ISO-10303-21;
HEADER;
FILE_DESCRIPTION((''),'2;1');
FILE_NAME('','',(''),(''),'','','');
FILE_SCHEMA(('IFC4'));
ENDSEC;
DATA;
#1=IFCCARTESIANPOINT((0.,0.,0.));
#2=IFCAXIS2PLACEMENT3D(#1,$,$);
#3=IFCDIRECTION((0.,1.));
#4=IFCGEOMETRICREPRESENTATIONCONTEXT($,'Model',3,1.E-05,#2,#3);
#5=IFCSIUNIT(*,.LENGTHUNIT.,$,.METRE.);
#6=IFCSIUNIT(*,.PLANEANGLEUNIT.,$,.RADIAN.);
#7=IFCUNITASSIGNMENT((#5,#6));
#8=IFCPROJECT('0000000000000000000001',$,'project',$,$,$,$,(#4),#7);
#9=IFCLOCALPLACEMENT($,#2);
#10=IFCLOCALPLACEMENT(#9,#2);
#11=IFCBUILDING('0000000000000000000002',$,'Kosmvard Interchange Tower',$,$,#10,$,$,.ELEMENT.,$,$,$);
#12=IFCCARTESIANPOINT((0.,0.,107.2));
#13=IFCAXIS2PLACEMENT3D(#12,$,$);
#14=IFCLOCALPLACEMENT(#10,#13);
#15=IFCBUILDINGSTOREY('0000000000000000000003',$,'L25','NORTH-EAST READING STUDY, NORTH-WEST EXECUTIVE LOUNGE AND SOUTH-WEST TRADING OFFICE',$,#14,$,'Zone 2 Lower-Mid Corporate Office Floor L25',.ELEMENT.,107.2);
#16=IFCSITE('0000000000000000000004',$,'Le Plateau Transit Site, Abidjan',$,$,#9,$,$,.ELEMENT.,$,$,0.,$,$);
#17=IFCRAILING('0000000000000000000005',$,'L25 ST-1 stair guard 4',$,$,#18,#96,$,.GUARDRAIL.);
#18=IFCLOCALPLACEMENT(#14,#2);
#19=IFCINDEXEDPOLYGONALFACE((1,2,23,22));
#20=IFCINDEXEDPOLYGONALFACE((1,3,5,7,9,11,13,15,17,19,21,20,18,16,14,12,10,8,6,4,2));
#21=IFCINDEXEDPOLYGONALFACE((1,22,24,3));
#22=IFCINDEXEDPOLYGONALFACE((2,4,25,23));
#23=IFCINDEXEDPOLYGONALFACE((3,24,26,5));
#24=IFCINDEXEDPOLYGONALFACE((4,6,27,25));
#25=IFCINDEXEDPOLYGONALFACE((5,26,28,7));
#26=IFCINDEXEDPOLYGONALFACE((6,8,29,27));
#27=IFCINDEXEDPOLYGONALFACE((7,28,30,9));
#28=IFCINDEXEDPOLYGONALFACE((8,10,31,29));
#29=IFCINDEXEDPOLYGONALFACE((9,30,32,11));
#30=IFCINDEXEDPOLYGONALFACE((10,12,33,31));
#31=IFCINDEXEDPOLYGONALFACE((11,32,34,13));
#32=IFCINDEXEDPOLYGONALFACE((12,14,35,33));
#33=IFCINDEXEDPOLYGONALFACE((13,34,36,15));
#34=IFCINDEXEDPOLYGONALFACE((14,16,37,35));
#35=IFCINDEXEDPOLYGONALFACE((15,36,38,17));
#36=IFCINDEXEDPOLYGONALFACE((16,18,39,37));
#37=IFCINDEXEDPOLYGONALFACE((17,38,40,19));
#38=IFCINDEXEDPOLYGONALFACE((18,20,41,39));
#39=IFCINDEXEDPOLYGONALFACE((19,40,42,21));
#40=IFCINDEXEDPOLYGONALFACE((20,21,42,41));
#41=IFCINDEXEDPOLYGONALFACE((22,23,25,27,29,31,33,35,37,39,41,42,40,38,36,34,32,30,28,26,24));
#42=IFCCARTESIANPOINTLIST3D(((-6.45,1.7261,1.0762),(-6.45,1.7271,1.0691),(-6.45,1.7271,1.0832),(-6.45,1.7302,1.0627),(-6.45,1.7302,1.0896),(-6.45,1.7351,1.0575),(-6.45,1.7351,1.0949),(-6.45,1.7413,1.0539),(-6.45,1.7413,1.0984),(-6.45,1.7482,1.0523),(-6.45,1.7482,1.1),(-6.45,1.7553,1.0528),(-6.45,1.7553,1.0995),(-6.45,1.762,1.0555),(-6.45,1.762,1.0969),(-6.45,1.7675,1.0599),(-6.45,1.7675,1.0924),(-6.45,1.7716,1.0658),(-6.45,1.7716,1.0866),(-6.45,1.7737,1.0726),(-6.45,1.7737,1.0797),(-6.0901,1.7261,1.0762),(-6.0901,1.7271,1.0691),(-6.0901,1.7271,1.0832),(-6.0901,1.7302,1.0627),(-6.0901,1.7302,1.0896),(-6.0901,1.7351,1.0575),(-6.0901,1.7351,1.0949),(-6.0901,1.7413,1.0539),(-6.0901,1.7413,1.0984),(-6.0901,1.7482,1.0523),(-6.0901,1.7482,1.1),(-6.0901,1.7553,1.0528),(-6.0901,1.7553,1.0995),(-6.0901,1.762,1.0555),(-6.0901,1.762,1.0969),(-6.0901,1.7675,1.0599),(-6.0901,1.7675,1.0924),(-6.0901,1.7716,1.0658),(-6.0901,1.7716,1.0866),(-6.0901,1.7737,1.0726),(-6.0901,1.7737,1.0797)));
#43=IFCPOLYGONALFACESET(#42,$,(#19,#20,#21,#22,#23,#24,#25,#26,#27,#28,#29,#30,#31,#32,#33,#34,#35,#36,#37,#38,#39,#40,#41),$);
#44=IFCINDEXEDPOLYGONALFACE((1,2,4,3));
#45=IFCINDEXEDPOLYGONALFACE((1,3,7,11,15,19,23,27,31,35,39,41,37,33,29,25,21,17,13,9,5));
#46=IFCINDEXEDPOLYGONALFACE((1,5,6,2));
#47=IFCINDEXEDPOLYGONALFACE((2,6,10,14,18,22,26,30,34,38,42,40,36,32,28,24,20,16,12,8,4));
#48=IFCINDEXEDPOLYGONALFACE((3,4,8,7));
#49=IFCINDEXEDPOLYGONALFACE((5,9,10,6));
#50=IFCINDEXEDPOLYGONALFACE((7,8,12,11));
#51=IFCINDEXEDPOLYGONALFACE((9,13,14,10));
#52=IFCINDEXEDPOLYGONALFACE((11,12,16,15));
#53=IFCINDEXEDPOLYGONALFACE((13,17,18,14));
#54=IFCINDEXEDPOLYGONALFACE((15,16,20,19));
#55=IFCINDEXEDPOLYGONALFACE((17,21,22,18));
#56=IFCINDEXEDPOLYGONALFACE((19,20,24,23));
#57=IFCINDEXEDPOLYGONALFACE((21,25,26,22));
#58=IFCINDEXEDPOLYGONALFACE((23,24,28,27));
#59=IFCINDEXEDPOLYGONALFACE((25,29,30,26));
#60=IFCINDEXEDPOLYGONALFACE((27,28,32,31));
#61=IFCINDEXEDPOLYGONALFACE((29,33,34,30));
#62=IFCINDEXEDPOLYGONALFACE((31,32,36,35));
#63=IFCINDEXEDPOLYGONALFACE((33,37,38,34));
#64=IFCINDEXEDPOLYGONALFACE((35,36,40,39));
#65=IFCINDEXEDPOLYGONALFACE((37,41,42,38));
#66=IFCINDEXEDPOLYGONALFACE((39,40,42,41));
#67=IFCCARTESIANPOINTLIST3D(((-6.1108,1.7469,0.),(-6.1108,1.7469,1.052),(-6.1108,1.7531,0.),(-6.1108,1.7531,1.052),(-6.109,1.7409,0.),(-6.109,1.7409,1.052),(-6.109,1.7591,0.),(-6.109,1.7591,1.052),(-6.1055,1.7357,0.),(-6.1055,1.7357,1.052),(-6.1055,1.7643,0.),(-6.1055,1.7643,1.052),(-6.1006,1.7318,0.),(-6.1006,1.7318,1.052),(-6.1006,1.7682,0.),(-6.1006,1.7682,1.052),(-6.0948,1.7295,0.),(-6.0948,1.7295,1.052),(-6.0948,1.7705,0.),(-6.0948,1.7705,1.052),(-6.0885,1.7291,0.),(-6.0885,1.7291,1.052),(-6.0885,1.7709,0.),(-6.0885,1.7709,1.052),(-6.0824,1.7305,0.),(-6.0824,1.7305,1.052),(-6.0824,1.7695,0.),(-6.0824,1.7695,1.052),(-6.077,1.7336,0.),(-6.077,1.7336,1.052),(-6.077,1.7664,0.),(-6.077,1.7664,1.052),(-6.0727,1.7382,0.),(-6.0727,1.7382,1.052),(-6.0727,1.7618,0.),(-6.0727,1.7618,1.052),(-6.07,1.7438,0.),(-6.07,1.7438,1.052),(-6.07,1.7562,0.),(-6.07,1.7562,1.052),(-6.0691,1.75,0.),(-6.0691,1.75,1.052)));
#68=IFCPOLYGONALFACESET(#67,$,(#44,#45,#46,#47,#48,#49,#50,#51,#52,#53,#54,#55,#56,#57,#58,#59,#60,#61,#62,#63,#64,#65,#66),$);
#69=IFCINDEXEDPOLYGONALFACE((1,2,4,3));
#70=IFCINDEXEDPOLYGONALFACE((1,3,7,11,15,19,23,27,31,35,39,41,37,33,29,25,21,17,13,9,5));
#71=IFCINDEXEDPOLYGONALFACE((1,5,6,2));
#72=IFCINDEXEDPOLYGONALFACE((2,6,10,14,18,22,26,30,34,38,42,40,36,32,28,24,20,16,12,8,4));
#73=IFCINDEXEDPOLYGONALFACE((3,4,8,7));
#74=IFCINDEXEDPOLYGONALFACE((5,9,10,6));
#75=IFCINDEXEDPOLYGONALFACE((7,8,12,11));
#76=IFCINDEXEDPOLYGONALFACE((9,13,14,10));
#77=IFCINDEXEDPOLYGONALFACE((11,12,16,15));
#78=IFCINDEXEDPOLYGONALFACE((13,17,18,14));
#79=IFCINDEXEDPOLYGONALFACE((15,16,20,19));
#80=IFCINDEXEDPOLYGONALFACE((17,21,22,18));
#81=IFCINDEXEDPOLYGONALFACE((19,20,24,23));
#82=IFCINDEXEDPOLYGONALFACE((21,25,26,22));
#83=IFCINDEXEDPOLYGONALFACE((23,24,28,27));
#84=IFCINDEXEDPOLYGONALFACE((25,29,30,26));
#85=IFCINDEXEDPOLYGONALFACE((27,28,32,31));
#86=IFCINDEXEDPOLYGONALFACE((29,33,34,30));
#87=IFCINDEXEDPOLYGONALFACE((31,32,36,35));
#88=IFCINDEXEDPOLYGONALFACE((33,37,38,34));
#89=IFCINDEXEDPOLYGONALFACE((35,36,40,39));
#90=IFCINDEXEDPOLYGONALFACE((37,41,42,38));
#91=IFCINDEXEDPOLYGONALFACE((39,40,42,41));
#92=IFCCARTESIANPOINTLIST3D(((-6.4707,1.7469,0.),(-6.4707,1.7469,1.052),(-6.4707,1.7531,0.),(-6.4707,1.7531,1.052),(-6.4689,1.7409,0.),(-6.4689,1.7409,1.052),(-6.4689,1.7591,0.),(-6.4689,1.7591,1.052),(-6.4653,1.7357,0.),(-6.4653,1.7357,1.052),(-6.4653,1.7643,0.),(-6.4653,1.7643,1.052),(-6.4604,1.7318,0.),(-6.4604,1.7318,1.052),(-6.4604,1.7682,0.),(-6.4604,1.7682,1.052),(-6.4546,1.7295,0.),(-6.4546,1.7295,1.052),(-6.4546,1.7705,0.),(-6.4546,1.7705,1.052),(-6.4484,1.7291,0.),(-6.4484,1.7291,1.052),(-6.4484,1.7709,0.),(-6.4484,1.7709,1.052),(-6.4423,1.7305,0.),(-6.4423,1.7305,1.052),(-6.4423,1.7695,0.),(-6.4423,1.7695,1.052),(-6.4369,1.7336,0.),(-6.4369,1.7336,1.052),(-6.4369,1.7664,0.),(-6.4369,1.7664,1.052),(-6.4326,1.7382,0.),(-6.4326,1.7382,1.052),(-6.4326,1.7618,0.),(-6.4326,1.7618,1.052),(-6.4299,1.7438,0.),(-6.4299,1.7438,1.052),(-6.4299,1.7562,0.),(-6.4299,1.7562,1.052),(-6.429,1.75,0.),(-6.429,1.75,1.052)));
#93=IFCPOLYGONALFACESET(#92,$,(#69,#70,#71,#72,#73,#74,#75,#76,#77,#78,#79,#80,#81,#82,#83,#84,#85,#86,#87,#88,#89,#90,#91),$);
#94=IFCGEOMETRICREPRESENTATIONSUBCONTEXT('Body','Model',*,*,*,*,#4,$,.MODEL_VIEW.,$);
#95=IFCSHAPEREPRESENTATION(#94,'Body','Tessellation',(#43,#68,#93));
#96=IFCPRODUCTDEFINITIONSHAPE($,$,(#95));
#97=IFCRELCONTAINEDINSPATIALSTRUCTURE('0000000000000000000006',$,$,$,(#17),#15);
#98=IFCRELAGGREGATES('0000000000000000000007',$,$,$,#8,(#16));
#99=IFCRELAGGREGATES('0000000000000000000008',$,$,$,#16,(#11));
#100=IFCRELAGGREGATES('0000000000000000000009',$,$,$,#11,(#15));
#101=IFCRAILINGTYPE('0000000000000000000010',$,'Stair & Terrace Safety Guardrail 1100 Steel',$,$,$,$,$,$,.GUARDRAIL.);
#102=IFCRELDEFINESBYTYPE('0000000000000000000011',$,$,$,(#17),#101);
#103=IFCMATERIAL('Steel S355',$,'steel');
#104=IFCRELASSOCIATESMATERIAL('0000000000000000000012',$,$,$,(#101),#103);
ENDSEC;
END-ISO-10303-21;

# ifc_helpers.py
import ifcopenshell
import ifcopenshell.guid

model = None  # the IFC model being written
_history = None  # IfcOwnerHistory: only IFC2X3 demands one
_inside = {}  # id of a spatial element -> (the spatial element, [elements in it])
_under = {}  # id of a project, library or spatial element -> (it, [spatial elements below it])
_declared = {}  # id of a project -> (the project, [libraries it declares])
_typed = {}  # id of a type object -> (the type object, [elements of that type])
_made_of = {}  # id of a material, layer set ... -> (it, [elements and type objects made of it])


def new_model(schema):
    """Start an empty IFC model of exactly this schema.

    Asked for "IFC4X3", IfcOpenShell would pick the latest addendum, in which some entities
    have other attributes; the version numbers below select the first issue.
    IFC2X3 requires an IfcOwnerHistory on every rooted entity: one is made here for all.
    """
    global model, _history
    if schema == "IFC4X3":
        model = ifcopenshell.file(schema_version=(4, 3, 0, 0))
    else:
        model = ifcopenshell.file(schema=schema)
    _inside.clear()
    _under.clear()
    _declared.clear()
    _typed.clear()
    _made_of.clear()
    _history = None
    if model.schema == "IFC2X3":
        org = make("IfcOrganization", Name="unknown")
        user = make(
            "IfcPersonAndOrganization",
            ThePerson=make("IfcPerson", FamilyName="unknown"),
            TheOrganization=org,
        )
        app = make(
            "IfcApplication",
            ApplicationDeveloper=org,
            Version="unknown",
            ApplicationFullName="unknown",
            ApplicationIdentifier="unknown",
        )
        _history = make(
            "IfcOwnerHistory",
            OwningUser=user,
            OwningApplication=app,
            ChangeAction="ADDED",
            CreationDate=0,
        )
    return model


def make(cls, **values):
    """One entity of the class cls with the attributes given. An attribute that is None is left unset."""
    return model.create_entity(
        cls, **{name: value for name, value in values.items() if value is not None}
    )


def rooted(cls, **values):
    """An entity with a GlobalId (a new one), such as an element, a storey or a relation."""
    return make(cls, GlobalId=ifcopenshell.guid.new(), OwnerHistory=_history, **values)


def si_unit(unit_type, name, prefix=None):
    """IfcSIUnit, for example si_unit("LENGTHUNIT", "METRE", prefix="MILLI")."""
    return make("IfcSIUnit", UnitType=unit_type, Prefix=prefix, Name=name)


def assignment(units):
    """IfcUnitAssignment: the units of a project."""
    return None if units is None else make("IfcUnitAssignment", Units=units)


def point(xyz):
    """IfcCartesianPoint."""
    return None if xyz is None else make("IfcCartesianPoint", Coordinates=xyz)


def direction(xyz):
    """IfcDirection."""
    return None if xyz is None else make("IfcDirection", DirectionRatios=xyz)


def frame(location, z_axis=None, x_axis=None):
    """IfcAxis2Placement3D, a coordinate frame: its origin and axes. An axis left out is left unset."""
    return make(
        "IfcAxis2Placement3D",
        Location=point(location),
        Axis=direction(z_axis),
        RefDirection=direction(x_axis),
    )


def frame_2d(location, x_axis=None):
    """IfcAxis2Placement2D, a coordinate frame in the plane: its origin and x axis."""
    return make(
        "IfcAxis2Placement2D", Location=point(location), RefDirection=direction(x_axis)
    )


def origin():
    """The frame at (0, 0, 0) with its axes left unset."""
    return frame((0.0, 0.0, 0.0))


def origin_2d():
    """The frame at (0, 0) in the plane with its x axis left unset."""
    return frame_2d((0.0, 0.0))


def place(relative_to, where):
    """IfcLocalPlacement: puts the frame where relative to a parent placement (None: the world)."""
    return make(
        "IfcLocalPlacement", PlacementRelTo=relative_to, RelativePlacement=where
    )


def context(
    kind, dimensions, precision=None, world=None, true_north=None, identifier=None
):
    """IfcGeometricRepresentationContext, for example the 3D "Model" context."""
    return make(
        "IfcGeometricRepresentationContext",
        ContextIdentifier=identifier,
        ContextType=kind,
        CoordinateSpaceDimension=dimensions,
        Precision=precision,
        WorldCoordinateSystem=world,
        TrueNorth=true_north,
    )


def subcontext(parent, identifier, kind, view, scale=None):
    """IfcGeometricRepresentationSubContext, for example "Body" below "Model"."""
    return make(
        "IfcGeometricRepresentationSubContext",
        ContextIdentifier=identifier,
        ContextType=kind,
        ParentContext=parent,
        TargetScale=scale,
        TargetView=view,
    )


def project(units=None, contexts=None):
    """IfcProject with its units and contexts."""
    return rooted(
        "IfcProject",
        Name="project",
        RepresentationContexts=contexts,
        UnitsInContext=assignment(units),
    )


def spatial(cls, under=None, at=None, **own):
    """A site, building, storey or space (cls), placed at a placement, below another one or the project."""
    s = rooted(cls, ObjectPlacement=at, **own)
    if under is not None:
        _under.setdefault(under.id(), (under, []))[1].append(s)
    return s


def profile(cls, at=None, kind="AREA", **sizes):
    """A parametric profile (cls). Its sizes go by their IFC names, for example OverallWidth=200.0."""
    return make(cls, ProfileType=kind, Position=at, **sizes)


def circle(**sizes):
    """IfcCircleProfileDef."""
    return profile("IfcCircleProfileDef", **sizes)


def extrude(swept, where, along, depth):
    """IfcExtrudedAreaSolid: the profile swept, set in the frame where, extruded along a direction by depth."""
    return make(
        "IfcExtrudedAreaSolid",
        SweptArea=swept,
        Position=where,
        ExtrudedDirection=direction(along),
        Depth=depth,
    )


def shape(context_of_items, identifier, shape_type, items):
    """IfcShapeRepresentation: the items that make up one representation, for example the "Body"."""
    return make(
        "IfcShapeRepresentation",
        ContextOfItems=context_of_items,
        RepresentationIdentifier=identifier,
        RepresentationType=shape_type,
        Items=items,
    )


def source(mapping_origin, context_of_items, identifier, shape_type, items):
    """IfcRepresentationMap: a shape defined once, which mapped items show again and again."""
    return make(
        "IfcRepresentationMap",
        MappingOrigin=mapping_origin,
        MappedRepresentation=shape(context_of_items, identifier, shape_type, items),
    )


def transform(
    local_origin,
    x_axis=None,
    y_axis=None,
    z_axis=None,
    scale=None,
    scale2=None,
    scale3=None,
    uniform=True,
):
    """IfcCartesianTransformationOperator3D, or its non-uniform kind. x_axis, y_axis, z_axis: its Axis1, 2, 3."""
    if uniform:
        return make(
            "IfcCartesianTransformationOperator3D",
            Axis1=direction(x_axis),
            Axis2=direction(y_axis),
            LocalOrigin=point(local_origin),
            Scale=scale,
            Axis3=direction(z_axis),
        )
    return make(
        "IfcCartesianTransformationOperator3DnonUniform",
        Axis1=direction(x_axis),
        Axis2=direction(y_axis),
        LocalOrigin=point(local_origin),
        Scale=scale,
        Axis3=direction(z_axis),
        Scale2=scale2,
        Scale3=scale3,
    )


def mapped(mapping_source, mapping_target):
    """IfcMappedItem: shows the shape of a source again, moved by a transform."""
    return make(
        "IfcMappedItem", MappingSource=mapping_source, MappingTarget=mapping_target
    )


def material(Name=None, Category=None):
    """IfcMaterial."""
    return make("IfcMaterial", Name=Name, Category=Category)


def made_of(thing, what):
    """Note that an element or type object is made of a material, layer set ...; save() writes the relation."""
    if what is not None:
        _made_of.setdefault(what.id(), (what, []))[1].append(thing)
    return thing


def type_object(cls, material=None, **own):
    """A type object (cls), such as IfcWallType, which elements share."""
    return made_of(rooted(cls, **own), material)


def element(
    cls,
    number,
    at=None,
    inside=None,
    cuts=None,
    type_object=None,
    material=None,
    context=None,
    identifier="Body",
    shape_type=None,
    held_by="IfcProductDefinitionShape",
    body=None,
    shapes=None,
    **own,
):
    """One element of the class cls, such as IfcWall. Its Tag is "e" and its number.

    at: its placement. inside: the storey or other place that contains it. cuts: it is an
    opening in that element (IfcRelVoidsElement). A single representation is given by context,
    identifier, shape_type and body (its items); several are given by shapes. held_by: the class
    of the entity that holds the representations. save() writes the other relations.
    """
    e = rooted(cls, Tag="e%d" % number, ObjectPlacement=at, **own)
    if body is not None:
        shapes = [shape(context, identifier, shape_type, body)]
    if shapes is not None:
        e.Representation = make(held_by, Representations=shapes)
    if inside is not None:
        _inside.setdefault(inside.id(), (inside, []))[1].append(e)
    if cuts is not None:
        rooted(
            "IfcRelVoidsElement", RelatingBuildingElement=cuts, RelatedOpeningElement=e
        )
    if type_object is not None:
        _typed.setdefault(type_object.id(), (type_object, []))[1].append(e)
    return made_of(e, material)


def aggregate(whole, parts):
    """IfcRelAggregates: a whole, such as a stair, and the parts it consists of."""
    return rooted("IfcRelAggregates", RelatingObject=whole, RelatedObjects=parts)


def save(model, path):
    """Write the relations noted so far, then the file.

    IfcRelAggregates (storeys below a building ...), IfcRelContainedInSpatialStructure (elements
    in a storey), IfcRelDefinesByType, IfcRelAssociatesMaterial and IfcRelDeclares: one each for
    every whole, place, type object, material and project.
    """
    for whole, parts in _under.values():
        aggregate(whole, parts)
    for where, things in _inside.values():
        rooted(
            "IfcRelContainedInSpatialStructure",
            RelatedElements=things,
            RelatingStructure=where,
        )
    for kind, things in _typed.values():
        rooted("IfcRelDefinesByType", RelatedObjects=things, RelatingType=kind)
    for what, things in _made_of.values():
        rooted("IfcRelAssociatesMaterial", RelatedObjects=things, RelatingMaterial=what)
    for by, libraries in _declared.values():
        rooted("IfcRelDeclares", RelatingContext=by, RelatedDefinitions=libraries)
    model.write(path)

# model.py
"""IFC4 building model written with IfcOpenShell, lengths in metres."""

from ifc_helpers import new_model, si_unit, direction, frame, origin, origin_2d, place, context, subcontext, project, spatial, circle, extrude, source, transform, mapped, material, type_object, element, save


model = new_model("IFC4")

# Units and contexts
model_context = context("Model", 3, precision=1e-05, world=origin(), true_north=direction((0.0, 1.0)))
body_context = subcontext(model_context, "Body", "Model", "MODEL_VIEW")
ifc_project = project(units=[si_unit("LENGTHUNIT", "METRE"), si_unit("PLANEANGLEUNIT", "RADIAN")], contexts=[model_context])

# Site, building, storey
site_placement = place(None, origin())
site = spatial("IfcSite", under=ifc_project, at=site_placement, Name="Le Plateau Transit Site, Abidjan", CompositionType="ELEMENT", RefElevation=0.0)
building_placement = place(site_placement, origin())
building = spatial("IfcBuilding", under=site, at=building_placement, Name="Kosmvard Interchange Tower", CompositionType="ELEMENT")
storey_placement = place(building_placement, frame((0.0, 0.0, 107.2)))
storey = spatial("IfcBuildingStorey", under=building, at=storey_placement, Name="L25", Description="NORTH-EAST READING STUDY, NORTH-WEST EXECUTIVE LOUNGE AND SOUTH-WEST TRADING OFFICE", LongName="Zone 2 Lower-Mid Corporate Office Floor L25", CompositionType="ELEMENT", Elevation=107.2)

# Shared definitions
ifc_material_1 = material(Name="Steel S355", Category="steel")

# Railing
railing_type_1 = type_object("IfcRailingType", Name="Stair & Terrace Safety Guardrail 1100 Steel", PredefinedType="GUARDRAIL", material=ifc_material_1)
shared_shape_1 = source(origin(), body_context, "Body", "SweptSolid", [
    extrude(circle(Radius=0.0239, at=origin_2d()), frame((0.0, 0.0, 1.0762), z_axis=(-1.0, 0.0, 0.0), x_axis=(0.0, -1.0, 0.0)), (0.0, 0.0, 1.0), 0.3599),
    extrude(circle(Radius=0.021, at=origin_2d()), origin(), (0.0, 0.0, 1.0), 1.052),
    extrude(circle(Radius=0.021, at=origin_2d()), frame((-0.3599, 0.0, 0.0)), (0.0, 0.0, 1.0), 1.052),
])
for number, where, name in (
    (1, (-6.0901, 1.75, 0.0), "L25 ST-1 stair guard 4"),
):
    element("IfcRailing", number, at=place(storey_placement, frame(where)), inside=storey, type_object=railing_type_1, Name=name, PredefinedType="GUARDRAIL", context=body_context, shape_type="MappedRepresentation", body=[
        mapped(shared_shape_1, transform((0.0, 0.0, 0.0), scale=1.0)),
    ])

save(model, "model.ifc")
